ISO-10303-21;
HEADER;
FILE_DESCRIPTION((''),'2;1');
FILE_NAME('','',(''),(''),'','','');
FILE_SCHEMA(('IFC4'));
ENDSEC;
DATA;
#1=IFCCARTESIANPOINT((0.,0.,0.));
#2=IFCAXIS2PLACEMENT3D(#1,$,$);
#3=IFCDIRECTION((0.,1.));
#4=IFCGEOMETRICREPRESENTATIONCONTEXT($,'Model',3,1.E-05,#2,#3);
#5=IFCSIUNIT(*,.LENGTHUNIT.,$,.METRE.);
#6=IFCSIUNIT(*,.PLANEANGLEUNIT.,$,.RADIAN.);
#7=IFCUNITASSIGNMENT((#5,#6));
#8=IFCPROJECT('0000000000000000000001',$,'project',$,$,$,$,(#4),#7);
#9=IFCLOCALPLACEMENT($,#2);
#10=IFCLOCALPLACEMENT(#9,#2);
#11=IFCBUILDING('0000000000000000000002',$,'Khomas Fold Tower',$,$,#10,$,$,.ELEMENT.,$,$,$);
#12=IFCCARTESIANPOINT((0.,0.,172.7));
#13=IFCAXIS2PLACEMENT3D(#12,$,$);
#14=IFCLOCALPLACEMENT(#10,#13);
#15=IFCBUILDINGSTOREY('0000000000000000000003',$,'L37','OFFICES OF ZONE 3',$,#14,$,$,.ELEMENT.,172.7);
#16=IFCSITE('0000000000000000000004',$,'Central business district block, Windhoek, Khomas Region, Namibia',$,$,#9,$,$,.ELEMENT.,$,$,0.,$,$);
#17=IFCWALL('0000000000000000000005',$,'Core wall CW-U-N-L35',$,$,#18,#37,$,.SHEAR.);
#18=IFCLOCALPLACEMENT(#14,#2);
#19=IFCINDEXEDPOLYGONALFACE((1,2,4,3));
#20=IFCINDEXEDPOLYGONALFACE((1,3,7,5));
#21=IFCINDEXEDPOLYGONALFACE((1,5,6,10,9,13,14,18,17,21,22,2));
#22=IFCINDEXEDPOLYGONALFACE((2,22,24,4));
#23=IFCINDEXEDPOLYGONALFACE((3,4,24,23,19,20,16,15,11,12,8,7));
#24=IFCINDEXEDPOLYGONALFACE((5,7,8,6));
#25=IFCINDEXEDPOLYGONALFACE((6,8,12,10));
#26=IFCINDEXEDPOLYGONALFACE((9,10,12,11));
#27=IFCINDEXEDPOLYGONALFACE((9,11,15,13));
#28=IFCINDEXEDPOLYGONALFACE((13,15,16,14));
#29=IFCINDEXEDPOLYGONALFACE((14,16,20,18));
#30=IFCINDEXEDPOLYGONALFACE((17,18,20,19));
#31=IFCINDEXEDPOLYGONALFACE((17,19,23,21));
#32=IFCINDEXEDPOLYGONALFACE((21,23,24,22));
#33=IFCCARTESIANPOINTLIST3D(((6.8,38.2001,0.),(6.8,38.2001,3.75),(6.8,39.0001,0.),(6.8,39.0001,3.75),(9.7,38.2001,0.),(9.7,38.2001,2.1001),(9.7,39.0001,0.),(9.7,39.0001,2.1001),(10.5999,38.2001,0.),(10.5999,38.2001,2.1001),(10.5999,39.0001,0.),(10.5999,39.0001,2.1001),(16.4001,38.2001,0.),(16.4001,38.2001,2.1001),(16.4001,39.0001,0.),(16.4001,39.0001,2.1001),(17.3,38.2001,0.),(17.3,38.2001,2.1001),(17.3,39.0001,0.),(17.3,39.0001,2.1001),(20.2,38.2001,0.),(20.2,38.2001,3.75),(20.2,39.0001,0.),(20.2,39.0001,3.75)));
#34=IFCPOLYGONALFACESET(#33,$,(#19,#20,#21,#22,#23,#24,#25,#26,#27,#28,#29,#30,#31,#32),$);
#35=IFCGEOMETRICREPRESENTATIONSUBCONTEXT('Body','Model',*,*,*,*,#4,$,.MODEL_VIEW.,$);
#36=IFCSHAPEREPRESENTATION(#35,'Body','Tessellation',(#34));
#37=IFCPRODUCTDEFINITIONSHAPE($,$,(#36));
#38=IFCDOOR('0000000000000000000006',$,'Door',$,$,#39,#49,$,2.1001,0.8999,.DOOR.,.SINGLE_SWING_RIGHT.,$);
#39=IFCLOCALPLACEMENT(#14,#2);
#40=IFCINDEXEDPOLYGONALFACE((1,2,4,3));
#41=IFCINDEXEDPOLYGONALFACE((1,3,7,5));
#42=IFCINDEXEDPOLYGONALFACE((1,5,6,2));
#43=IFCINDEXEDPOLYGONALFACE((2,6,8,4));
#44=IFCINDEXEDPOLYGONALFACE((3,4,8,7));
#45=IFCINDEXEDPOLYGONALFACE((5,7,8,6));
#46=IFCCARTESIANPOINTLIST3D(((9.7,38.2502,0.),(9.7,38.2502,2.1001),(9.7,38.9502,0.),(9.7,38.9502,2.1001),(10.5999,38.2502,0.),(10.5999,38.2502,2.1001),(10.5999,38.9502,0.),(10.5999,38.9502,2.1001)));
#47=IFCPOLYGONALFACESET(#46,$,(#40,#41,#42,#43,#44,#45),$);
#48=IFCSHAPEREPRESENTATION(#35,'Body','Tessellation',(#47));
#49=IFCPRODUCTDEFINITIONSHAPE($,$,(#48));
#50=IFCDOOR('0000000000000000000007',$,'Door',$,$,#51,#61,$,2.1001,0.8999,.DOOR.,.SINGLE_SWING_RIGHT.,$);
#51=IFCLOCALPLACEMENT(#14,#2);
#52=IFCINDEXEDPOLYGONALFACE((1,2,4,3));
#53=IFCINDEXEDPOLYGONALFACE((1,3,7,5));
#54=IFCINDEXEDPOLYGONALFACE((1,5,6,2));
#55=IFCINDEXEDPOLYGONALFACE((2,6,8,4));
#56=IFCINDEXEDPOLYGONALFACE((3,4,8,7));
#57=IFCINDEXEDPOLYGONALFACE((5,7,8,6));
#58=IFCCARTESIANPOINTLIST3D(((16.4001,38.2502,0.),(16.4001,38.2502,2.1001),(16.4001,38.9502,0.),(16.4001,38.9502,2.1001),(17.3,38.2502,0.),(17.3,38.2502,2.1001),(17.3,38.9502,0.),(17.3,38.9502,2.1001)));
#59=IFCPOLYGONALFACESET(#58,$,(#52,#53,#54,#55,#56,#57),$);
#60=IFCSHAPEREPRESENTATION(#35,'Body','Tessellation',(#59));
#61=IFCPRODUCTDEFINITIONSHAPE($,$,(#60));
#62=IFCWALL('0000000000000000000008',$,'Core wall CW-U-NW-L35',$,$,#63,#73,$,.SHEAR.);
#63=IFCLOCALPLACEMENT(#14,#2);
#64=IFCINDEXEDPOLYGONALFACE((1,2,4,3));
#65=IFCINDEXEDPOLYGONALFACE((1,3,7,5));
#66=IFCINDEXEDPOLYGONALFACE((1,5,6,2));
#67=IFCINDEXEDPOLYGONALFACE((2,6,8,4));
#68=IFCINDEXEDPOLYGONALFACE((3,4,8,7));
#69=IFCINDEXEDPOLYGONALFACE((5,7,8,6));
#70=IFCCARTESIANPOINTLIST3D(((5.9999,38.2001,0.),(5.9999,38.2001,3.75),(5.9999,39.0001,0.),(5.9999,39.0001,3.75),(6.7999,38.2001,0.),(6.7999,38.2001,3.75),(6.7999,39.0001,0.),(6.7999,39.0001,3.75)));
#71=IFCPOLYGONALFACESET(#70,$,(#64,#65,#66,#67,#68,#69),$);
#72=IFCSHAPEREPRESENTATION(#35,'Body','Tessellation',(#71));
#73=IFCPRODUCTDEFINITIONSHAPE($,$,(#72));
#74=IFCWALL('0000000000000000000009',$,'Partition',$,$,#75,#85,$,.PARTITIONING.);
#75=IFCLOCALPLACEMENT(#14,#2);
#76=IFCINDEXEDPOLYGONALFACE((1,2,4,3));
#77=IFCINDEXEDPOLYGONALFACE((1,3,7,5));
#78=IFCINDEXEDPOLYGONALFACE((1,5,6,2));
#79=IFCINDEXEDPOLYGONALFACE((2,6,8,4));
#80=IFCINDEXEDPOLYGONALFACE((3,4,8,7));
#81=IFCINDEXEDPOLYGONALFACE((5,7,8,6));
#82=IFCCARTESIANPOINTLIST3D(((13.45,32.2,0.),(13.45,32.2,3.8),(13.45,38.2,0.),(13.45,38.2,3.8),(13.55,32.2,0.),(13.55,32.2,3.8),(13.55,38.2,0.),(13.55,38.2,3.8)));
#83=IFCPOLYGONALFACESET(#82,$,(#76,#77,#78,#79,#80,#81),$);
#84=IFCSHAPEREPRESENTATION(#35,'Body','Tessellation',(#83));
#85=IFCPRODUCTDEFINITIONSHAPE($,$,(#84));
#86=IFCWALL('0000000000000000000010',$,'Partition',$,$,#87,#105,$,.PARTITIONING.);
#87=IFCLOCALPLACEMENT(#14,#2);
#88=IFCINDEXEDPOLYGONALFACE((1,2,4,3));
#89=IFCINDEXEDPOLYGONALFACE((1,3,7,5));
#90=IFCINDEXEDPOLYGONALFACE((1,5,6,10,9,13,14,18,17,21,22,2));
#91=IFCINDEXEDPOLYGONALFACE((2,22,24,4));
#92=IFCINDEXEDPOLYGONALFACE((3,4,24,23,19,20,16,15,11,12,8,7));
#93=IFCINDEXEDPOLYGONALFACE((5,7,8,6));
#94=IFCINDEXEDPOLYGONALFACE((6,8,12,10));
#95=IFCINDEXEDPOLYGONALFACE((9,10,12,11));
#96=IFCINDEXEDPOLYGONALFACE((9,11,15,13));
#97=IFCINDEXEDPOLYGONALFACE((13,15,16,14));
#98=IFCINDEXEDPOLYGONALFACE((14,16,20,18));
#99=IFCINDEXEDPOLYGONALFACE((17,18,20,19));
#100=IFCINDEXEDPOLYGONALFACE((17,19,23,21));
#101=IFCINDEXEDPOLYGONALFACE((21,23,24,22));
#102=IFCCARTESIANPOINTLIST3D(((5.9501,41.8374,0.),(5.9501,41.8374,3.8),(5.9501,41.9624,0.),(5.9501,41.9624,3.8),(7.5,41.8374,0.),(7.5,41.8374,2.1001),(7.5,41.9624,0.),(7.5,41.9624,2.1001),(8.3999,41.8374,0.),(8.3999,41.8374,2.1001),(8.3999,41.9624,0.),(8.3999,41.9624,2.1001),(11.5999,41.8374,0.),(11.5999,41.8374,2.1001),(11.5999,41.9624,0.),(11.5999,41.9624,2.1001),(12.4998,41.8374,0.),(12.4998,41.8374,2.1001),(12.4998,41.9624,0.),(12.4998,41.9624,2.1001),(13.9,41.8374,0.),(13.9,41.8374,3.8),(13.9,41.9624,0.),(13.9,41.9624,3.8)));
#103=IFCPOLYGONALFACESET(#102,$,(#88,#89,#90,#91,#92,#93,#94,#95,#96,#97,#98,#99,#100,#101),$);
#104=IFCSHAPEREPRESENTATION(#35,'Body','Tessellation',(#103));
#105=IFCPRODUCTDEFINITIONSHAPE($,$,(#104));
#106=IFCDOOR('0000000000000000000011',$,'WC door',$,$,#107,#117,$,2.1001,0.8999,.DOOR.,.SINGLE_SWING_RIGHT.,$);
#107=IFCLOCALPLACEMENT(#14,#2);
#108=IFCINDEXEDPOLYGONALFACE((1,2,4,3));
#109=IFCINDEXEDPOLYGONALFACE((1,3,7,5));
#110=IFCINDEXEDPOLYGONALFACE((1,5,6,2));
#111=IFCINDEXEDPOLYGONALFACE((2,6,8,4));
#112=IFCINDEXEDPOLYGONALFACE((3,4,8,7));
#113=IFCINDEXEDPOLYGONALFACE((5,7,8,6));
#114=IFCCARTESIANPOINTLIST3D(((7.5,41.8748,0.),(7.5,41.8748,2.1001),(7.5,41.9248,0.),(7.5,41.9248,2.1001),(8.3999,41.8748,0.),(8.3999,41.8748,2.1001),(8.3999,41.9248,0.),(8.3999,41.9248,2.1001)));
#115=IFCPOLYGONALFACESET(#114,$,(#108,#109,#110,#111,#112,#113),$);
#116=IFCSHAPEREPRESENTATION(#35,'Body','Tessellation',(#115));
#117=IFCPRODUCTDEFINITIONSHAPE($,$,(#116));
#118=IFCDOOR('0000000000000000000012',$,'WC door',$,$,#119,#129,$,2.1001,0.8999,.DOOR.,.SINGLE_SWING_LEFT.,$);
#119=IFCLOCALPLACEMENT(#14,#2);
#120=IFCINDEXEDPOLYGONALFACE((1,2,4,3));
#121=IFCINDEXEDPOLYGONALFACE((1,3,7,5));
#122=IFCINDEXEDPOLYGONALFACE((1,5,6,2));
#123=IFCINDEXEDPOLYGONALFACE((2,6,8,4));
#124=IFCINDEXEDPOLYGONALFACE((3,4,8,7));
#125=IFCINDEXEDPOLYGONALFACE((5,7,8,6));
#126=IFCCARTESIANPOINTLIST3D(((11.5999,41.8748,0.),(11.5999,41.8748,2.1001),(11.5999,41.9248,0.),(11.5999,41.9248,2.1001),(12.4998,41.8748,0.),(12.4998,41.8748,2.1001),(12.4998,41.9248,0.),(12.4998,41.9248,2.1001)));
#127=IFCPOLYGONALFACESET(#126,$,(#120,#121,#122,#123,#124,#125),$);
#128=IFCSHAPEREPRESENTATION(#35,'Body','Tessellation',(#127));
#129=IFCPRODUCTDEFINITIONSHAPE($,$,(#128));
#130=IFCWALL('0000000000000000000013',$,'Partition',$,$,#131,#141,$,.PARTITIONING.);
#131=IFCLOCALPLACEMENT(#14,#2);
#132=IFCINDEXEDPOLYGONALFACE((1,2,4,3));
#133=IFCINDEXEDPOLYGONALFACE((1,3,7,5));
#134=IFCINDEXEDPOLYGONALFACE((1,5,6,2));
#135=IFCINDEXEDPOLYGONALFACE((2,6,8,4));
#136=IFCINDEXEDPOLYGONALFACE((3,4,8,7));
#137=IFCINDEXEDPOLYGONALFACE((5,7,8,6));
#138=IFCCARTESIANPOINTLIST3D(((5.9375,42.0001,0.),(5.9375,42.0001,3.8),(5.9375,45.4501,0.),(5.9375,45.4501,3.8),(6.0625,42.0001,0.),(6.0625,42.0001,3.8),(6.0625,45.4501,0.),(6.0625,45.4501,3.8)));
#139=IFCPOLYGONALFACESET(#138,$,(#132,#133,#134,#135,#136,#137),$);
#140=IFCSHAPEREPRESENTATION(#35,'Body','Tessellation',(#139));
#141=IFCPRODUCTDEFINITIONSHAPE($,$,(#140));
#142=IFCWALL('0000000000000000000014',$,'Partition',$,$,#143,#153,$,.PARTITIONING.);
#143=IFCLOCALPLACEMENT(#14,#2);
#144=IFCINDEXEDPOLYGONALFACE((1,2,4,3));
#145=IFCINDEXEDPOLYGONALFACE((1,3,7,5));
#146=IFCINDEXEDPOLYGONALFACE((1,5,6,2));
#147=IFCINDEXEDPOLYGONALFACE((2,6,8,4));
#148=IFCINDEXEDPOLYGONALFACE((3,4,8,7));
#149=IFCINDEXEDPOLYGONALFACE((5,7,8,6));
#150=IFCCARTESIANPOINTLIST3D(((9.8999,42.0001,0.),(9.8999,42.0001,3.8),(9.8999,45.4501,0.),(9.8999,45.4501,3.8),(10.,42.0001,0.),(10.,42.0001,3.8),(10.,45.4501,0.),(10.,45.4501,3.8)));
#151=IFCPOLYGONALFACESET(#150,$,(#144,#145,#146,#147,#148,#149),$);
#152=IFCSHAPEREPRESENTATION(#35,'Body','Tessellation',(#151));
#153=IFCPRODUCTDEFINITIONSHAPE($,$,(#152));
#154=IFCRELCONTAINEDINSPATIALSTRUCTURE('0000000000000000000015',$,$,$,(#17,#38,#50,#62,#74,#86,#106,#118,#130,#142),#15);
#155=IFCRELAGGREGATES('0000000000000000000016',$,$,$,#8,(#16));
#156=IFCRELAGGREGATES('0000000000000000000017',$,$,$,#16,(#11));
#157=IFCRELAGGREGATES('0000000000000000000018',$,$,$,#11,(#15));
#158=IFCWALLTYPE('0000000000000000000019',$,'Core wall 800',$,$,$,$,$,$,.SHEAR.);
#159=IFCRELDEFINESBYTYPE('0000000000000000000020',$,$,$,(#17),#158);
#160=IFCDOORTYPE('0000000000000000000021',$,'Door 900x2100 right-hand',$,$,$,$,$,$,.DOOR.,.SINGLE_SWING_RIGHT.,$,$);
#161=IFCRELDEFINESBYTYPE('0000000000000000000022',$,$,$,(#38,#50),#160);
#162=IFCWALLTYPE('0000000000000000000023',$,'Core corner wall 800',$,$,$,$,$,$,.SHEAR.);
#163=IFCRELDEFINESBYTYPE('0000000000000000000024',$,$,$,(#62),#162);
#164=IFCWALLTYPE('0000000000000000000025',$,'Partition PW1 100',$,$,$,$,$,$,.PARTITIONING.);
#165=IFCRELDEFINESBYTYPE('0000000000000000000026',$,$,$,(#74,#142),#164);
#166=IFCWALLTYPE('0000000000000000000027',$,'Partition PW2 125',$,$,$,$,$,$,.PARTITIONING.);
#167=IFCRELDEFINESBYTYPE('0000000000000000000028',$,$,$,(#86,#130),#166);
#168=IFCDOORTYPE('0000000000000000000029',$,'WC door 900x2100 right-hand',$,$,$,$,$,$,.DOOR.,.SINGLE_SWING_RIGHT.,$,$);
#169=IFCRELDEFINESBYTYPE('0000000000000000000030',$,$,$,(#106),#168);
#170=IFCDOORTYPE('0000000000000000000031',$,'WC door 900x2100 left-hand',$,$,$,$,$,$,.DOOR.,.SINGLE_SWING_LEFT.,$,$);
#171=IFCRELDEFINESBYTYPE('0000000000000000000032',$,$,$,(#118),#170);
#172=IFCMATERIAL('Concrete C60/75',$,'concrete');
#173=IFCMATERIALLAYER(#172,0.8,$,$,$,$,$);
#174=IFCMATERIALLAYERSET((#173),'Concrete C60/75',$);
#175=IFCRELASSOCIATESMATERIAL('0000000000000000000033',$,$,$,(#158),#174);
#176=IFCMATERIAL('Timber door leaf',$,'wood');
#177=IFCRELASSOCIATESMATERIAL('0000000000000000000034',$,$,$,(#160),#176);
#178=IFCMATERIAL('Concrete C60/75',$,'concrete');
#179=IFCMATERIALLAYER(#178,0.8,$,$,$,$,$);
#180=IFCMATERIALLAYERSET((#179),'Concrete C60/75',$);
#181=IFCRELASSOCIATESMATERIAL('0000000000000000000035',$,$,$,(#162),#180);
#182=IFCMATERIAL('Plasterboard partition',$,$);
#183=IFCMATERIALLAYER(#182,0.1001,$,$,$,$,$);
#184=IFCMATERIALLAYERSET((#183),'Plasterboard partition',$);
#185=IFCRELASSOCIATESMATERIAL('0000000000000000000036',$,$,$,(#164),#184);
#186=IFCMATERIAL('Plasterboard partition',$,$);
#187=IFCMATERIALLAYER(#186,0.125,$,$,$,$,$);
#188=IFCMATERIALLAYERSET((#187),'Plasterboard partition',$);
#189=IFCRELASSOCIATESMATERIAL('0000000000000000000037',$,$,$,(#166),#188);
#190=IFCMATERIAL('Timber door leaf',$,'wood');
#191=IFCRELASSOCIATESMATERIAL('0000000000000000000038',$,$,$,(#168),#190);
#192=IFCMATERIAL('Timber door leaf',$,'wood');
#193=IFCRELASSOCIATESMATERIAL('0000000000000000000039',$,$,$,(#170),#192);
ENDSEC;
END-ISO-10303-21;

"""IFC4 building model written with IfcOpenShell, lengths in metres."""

from ifc_helpers import new_model, si_unit, direction, frame, frame_2d, origin, place, context, subcontext, project, spatial, rectangle, extrude, source, transform, mapped, material, layer, layer_set, type_object, element, fill, save


model = new_model("IFC4")

# Units and contexts
model_context = context("Model", 3, precision=1e-05, world=origin(), true_north=direction((0.0, 1.0)))
body_context = subcontext(model_context, "Body", "Model", "MODEL_VIEW")
ifc_project = project(units=[si_unit("LENGTHUNIT", "METRE"), si_unit("PLANEANGLEUNIT", "RADIAN")], contexts=[model_context])

# Site, building, storey
site_placement = place(None, origin())
site = spatial("IfcSite", under=ifc_project, at=site_placement, Name="Central business district block, Windhoek, Khomas Region, Namibia", CompositionType="ELEMENT", RefElevation=0.0)
building_placement = place(site_placement, origin())
building = spatial("IfcBuilding", under=site, at=building_placement, Name="Khomas Fold Tower", CompositionType="ELEMENT")
storey_placement = place(building_placement, frame((0.0, 0.0, 172.7)))
storey = spatial("IfcBuildingStorey", under=building, at=storey_placement, Name="L37", Description="OFFICES OF ZONE 3", CompositionType="ELEMENT", Elevation=172.7)

# Wall, openings, doors
ifc_material_1 = material(Name="Concrete C60/75", Category="concrete")
ifc_layer_1 = layer(ifc_material_1, 0.8)
ifc_layer_set_1 = layer_set([ifc_layer_1], Name="Concrete C60/75")
wall_type_1 = type_object("IfcWallType", Name="Core wall 800", PredefinedType="SHEAR", material=ifc_layer_set_1)
shared_shape_1 = source(origin(), body_context, "Body", "SweptSolid", [
    extrude(rectangle(XDim=13.3999, YDim=0.8, at=frame_2d((6.7, 0.0))), origin(), (0.0, 0.0, 1.0), 3.75),
])
wall_1_placement = place(storey_placement, frame((6.8, 38.6001, 0.0), z_axis=(0.0, 0.0, 1.0), x_axis=(1.0, 0.0, 0.0)))
wall_1 = element("IfcWall", 1, at=wall_1_placement, inside=storey, type_object=wall_type_1, Name="Core wall CW-U-N-L35", PredefinedType="SHEAR", context=body_context, shape_type="MappedRepresentation", body=[
    mapped(shared_shape_1, transform((0.0, 0.0, 0.0))),
])
shared_shape_2 = source(origin(), body_context, "Body", "SweptSolid", [
    extrude(rectangle(XDim=0.8999, YDim=2.1001, at=frame_2d((0.45, 1.05))), frame((0.0, 0.4099, 0.0), z_axis=(0.0, -1.0, 0.0), x_axis=(1.0, 0.0, 0.0)), (0.0, 0.0, 1.0), 0.8201),
])
opening_1_placement = place(wall_1_placement, frame((2.8999, 0.0, 0.0)))
opening_1 = element("IfcOpeningElement", 2, at=opening_1_placement, cuts=wall_1, PredefinedType="OPENING", context=body_context, shape_type="MappedRepresentation", body=[
    mapped(shared_shape_2, transform((0.0, 0.0, 0.0))),
])
opening_2_placement = place(wall_1_placement, frame((9.6001, 0.0, 0.0)))
opening_2 = element("IfcOpeningElement", 3, at=opening_2_placement, cuts=wall_1, PredefinedType="OPENING", context=body_context, shape_type="MappedRepresentation", body=[
    mapped(shared_shape_2, transform((0.0, 0.0, 0.0))),
])
ifc_material_2 = material(Name="Timber door leaf", Category="wood")
door_type_1 = type_object("IfcDoorType", Name="Door 900x2100 right-hand", OperationType="SINGLE_SWING_RIGHT", PredefinedType="DOOR", material=ifc_material_2)
shared_shape_3 = source(origin(), body_context, "Body", "SweptSolid", [
    extrude(rectangle(XDim=0.8999, YDim=2.1001, at=frame_2d((0.45, 1.05))), frame((0.0, 0.3501, 0.0), z_axis=(0.0, -1.0, 0.0), x_axis=(1.0, 0.0, 0.0)), (0.0, 0.0, 1.0), 0.7),
])
door_1_placement = place(opening_1_placement, origin())
door_1 = element("IfcDoor", 4, at=door_1_placement, inside=storey, type_object=door_type_1, Name="Door", OperationType="SINGLE_SWING_RIGHT", OverallHeight=2.1001, OverallWidth=0.8999, PredefinedType="DOOR", context=body_context, shape_type="MappedRepresentation", body=[
    mapped(shared_shape_3, transform((0.0, 0.0, 0.0))),
])
fill(opening_1, door_1)
door_2_placement = place(opening_2_placement, origin())
door_2 = element("IfcDoor", 5, at=door_2_placement, inside=storey, type_object=door_type_1, Name="Door", OperationType="SINGLE_SWING_RIGHT", OverallHeight=2.1001, OverallWidth=0.8999, PredefinedType="DOOR", context=body_context, shape_type="MappedRepresentation", body=[
    mapped(shared_shape_3, transform((0.0, 0.0, 0.0))),
])
fill(opening_2, door_2)

# Walls
ifc_material_3 = material(Name="Concrete C60/75", Category="concrete")
ifc_layer_2 = layer(ifc_material_3, 0.8)
ifc_layer_set_2 = layer_set([ifc_layer_2], Name="Concrete C60/75")
wall_type_2 = type_object("IfcWallType", Name="Core corner wall 800", PredefinedType="SHEAR", material=ifc_layer_set_2)
shared_shape_4 = source(origin(), body_context, "Body", "SweptSolid", [
    extrude(rectangle(XDim=0.8, YDim=0.8, at=frame_2d((0.3999, 0.0))), origin(), (0.0, 0.0, 1.0), 3.75),
])
wall_2_placement = place(storey_placement, frame((6.0, 38.6001, 0.0), z_axis=(0.0, 0.0, 1.0), x_axis=(1.0, 0.0, 0.0)))
element("IfcWall", 6, at=wall_2_placement, inside=storey, type_object=wall_type_2, Name="Core wall CW-U-NW-L35", PredefinedType="SHEAR", context=body_context, shape_type="MappedRepresentation", body=[
    mapped(shared_shape_4, transform((0.0, 0.0, 0.0))),
])
ifc_material_4 = material(Name="Plasterboard partition")
ifc_layer_3 = layer(ifc_material_4, 0.1001)
ifc_layer_set_3 = layer_set([ifc_layer_3], Name="Plasterboard partition")
wall_type_3 = type_object("IfcWallType", Name="Partition PW1 100", PredefinedType="PARTITIONING", material=ifc_layer_set_3)
shared_shape_5 = source(origin(), body_context, "Body", "SweptSolid", [
    extrude(rectangle(XDim=6.0, YDim=0.1001, at=frame_2d((3.0, 0.0))), origin(), (0.0, 0.0, 1.0), 3.8),
])
wall_3_placement = place(storey_placement, frame((13.5, 32.2, 0.0), z_axis=(0.0, 0.0, 1.0), x_axis=(0.0, 1.0, 0.0)))
element("IfcWall", 7, at=wall_3_placement, inside=storey, type_object=wall_type_3, Name="Partition", PredefinedType="PARTITIONING", context=body_context, shape_type="MappedRepresentation", body=[
    mapped(shared_shape_5, transform((0.0, 0.0, 0.0))),
])

# Wall, openings, doors
ifc_material_5 = material(Name="Plasterboard partition")
ifc_layer_4 = layer(ifc_material_5, 0.125)
ifc_layer_set_4 = layer_set([ifc_layer_4], Name="Plasterboard partition")
wall_type_4 = type_object("IfcWallType", Name="Partition PW2 125", PredefinedType="PARTITIONING", material=ifc_layer_set_4)
shared_shape_6 = source(origin(), body_context, "Body", "SweptSolid", [
    extrude(rectangle(XDim=7.95, YDim=0.125, at=frame_2d((3.9751, 0.0))), origin(), (0.0, 0.0, 1.0), 3.8),
])
wall_4_placement = place(storey_placement, frame((5.95, 41.8999, 0.0), z_axis=(0.0, 0.0, 1.0), x_axis=(1.0, 0.0, 0.0)))
wall_4 = element("IfcWall", 8, at=wall_4_placement, inside=storey, type_object=wall_type_4, Name="Partition", PredefinedType="PARTITIONING", context=body_context, shape_type="MappedRepresentation", body=[
    mapped(shared_shape_6, transform((0.0, 0.0, 0.0))),
])
shared_shape_7 = source(origin(), body_context, "Body", "SweptSolid", [
    extrude(rectangle(XDim=0.8999, YDim=2.1001, at=frame_2d((0.45, 1.05))), frame((0.0, 0.0725, 0.0), z_axis=(0.0, -1.0, 0.0), x_axis=(1.0, 0.0, 0.0)), (0.0, 0.0, 1.0), 0.145),
])
opening_3_placement = place(wall_4_placement, frame((1.55, 0.0, 0.0)))
opening_3 = element("IfcOpeningElement", 9, at=opening_3_placement, cuts=wall_4, PredefinedType="OPENING", context=body_context, shape_type="MappedRepresentation", body=[
    mapped(shared_shape_7, transform((0.0, 0.0, 0.0))),
])
opening_4_placement = place(wall_4_placement, frame((5.6499, 0.0, 0.0)))
opening_4 = element("IfcOpeningElement", 10, at=opening_4_placement, cuts=wall_4, PredefinedType="OPENING", context=body_context, shape_type="MappedRepresentation", body=[
    mapped(shared_shape_7, transform((0.0, 0.0, 0.0))),
])
ifc_material_6 = material(Name="Timber door leaf", Category="wood")
door_type_2 = type_object("IfcDoorType", Name="WC door 900x2100 right-hand", OperationType="SINGLE_SWING_RIGHT", PredefinedType="DOOR", material=ifc_material_6)
shared_shape_8 = source(origin(), body_context, "Body", "SweptSolid", [
    extrude(rectangle(XDim=0.8999, YDim=2.1001, at=frame_2d((0.45, 1.05))), frame((0.0, 0.0249, 0.0), z_axis=(0.0, -1.0, 0.0), x_axis=(1.0, 0.0, 0.0)), (0.0, 0.0, 1.0), 0.05),
])
door_3_placement = place(opening_3_placement, origin())
door_3 = element("IfcDoor", 11, at=door_3_placement, inside=storey, type_object=door_type_2, Name="WC door", OperationType="SINGLE_SWING_RIGHT", OverallHeight=2.1001, OverallWidth=0.8999, PredefinedType="DOOR", context=body_context, shape_type="MappedRepresentation", body=[
    mapped(shared_shape_8, transform((0.0, 0.0, 0.0))),
])
fill(opening_3, door_3)
ifc_material_7 = material(Name="Timber door leaf", Category="wood")
door_type_3 = type_object("IfcDoorType", Name="WC door 900x2100 left-hand", OperationType="SINGLE_SWING_LEFT", PredefinedType="DOOR", material=ifc_material_7)
door_4_placement = place(opening_4_placement, origin())
door_4 = element("IfcDoor", 12, at=door_4_placement, inside=storey, type_object=door_type_3, Name="WC door", OperationType="SINGLE_SWING_LEFT", OverallHeight=2.1001, OverallWidth=0.8999, PredefinedType="DOOR", context=body_context, shape_type="MappedRepresentation", body=[
    mapped(shared_shape_8, transform((0.0, 0.0, 0.0))),
])
fill(opening_4, door_4)

# Walls
shared_shape_9 = source(origin(), body_context, "Body", "SweptSolid", [
    extrude(rectangle(XDim=3.45, YDim=0.125, at=frame_2d((1.7251, 0.0))), origin(), (0.0, 0.0, 1.0), 3.8),
])
wall_5_placement = place(storey_placement, frame((6.0, 42.0, 0.0), z_axis=(0.0, 0.0, 1.0), x_axis=(0.0, 1.0, 0.0)))
element("IfcWall", 13, at=wall_5_placement, inside=storey, type_object=wall_type_4, Name="Partition", PredefinedType="PARTITIONING", context=body_context, shape_type="MappedRepresentation", body=[
    mapped(shared_shape_9, transform((0.0, 0.0, 0.0))),
])
shared_shape_10 = source(origin(), body_context, "Body", "SweptSolid", [
    extrude(rectangle(XDim=3.45, YDim=0.1001, at=frame_2d((1.7251, 0.0))), origin(), (0.0, 0.0, 1.0), 3.8),
])
wall_6_placement = place(storey_placement, frame((9.95, 42.0, 0.0), z_axis=(0.0, 0.0, 1.0), x_axis=(0.0, 1.0, 0.0)))
element("IfcWall", 14, at=wall_6_placement, inside=storey, type_object=wall_type_3, Name="Partition", PredefinedType="PARTITIONING", context=body_context, shape_type="MappedRepresentation", body=[
    mapped(shared_shape_10, transform((0.0, 0.0, 0.0))),
])

save(model, "model.ifc")
